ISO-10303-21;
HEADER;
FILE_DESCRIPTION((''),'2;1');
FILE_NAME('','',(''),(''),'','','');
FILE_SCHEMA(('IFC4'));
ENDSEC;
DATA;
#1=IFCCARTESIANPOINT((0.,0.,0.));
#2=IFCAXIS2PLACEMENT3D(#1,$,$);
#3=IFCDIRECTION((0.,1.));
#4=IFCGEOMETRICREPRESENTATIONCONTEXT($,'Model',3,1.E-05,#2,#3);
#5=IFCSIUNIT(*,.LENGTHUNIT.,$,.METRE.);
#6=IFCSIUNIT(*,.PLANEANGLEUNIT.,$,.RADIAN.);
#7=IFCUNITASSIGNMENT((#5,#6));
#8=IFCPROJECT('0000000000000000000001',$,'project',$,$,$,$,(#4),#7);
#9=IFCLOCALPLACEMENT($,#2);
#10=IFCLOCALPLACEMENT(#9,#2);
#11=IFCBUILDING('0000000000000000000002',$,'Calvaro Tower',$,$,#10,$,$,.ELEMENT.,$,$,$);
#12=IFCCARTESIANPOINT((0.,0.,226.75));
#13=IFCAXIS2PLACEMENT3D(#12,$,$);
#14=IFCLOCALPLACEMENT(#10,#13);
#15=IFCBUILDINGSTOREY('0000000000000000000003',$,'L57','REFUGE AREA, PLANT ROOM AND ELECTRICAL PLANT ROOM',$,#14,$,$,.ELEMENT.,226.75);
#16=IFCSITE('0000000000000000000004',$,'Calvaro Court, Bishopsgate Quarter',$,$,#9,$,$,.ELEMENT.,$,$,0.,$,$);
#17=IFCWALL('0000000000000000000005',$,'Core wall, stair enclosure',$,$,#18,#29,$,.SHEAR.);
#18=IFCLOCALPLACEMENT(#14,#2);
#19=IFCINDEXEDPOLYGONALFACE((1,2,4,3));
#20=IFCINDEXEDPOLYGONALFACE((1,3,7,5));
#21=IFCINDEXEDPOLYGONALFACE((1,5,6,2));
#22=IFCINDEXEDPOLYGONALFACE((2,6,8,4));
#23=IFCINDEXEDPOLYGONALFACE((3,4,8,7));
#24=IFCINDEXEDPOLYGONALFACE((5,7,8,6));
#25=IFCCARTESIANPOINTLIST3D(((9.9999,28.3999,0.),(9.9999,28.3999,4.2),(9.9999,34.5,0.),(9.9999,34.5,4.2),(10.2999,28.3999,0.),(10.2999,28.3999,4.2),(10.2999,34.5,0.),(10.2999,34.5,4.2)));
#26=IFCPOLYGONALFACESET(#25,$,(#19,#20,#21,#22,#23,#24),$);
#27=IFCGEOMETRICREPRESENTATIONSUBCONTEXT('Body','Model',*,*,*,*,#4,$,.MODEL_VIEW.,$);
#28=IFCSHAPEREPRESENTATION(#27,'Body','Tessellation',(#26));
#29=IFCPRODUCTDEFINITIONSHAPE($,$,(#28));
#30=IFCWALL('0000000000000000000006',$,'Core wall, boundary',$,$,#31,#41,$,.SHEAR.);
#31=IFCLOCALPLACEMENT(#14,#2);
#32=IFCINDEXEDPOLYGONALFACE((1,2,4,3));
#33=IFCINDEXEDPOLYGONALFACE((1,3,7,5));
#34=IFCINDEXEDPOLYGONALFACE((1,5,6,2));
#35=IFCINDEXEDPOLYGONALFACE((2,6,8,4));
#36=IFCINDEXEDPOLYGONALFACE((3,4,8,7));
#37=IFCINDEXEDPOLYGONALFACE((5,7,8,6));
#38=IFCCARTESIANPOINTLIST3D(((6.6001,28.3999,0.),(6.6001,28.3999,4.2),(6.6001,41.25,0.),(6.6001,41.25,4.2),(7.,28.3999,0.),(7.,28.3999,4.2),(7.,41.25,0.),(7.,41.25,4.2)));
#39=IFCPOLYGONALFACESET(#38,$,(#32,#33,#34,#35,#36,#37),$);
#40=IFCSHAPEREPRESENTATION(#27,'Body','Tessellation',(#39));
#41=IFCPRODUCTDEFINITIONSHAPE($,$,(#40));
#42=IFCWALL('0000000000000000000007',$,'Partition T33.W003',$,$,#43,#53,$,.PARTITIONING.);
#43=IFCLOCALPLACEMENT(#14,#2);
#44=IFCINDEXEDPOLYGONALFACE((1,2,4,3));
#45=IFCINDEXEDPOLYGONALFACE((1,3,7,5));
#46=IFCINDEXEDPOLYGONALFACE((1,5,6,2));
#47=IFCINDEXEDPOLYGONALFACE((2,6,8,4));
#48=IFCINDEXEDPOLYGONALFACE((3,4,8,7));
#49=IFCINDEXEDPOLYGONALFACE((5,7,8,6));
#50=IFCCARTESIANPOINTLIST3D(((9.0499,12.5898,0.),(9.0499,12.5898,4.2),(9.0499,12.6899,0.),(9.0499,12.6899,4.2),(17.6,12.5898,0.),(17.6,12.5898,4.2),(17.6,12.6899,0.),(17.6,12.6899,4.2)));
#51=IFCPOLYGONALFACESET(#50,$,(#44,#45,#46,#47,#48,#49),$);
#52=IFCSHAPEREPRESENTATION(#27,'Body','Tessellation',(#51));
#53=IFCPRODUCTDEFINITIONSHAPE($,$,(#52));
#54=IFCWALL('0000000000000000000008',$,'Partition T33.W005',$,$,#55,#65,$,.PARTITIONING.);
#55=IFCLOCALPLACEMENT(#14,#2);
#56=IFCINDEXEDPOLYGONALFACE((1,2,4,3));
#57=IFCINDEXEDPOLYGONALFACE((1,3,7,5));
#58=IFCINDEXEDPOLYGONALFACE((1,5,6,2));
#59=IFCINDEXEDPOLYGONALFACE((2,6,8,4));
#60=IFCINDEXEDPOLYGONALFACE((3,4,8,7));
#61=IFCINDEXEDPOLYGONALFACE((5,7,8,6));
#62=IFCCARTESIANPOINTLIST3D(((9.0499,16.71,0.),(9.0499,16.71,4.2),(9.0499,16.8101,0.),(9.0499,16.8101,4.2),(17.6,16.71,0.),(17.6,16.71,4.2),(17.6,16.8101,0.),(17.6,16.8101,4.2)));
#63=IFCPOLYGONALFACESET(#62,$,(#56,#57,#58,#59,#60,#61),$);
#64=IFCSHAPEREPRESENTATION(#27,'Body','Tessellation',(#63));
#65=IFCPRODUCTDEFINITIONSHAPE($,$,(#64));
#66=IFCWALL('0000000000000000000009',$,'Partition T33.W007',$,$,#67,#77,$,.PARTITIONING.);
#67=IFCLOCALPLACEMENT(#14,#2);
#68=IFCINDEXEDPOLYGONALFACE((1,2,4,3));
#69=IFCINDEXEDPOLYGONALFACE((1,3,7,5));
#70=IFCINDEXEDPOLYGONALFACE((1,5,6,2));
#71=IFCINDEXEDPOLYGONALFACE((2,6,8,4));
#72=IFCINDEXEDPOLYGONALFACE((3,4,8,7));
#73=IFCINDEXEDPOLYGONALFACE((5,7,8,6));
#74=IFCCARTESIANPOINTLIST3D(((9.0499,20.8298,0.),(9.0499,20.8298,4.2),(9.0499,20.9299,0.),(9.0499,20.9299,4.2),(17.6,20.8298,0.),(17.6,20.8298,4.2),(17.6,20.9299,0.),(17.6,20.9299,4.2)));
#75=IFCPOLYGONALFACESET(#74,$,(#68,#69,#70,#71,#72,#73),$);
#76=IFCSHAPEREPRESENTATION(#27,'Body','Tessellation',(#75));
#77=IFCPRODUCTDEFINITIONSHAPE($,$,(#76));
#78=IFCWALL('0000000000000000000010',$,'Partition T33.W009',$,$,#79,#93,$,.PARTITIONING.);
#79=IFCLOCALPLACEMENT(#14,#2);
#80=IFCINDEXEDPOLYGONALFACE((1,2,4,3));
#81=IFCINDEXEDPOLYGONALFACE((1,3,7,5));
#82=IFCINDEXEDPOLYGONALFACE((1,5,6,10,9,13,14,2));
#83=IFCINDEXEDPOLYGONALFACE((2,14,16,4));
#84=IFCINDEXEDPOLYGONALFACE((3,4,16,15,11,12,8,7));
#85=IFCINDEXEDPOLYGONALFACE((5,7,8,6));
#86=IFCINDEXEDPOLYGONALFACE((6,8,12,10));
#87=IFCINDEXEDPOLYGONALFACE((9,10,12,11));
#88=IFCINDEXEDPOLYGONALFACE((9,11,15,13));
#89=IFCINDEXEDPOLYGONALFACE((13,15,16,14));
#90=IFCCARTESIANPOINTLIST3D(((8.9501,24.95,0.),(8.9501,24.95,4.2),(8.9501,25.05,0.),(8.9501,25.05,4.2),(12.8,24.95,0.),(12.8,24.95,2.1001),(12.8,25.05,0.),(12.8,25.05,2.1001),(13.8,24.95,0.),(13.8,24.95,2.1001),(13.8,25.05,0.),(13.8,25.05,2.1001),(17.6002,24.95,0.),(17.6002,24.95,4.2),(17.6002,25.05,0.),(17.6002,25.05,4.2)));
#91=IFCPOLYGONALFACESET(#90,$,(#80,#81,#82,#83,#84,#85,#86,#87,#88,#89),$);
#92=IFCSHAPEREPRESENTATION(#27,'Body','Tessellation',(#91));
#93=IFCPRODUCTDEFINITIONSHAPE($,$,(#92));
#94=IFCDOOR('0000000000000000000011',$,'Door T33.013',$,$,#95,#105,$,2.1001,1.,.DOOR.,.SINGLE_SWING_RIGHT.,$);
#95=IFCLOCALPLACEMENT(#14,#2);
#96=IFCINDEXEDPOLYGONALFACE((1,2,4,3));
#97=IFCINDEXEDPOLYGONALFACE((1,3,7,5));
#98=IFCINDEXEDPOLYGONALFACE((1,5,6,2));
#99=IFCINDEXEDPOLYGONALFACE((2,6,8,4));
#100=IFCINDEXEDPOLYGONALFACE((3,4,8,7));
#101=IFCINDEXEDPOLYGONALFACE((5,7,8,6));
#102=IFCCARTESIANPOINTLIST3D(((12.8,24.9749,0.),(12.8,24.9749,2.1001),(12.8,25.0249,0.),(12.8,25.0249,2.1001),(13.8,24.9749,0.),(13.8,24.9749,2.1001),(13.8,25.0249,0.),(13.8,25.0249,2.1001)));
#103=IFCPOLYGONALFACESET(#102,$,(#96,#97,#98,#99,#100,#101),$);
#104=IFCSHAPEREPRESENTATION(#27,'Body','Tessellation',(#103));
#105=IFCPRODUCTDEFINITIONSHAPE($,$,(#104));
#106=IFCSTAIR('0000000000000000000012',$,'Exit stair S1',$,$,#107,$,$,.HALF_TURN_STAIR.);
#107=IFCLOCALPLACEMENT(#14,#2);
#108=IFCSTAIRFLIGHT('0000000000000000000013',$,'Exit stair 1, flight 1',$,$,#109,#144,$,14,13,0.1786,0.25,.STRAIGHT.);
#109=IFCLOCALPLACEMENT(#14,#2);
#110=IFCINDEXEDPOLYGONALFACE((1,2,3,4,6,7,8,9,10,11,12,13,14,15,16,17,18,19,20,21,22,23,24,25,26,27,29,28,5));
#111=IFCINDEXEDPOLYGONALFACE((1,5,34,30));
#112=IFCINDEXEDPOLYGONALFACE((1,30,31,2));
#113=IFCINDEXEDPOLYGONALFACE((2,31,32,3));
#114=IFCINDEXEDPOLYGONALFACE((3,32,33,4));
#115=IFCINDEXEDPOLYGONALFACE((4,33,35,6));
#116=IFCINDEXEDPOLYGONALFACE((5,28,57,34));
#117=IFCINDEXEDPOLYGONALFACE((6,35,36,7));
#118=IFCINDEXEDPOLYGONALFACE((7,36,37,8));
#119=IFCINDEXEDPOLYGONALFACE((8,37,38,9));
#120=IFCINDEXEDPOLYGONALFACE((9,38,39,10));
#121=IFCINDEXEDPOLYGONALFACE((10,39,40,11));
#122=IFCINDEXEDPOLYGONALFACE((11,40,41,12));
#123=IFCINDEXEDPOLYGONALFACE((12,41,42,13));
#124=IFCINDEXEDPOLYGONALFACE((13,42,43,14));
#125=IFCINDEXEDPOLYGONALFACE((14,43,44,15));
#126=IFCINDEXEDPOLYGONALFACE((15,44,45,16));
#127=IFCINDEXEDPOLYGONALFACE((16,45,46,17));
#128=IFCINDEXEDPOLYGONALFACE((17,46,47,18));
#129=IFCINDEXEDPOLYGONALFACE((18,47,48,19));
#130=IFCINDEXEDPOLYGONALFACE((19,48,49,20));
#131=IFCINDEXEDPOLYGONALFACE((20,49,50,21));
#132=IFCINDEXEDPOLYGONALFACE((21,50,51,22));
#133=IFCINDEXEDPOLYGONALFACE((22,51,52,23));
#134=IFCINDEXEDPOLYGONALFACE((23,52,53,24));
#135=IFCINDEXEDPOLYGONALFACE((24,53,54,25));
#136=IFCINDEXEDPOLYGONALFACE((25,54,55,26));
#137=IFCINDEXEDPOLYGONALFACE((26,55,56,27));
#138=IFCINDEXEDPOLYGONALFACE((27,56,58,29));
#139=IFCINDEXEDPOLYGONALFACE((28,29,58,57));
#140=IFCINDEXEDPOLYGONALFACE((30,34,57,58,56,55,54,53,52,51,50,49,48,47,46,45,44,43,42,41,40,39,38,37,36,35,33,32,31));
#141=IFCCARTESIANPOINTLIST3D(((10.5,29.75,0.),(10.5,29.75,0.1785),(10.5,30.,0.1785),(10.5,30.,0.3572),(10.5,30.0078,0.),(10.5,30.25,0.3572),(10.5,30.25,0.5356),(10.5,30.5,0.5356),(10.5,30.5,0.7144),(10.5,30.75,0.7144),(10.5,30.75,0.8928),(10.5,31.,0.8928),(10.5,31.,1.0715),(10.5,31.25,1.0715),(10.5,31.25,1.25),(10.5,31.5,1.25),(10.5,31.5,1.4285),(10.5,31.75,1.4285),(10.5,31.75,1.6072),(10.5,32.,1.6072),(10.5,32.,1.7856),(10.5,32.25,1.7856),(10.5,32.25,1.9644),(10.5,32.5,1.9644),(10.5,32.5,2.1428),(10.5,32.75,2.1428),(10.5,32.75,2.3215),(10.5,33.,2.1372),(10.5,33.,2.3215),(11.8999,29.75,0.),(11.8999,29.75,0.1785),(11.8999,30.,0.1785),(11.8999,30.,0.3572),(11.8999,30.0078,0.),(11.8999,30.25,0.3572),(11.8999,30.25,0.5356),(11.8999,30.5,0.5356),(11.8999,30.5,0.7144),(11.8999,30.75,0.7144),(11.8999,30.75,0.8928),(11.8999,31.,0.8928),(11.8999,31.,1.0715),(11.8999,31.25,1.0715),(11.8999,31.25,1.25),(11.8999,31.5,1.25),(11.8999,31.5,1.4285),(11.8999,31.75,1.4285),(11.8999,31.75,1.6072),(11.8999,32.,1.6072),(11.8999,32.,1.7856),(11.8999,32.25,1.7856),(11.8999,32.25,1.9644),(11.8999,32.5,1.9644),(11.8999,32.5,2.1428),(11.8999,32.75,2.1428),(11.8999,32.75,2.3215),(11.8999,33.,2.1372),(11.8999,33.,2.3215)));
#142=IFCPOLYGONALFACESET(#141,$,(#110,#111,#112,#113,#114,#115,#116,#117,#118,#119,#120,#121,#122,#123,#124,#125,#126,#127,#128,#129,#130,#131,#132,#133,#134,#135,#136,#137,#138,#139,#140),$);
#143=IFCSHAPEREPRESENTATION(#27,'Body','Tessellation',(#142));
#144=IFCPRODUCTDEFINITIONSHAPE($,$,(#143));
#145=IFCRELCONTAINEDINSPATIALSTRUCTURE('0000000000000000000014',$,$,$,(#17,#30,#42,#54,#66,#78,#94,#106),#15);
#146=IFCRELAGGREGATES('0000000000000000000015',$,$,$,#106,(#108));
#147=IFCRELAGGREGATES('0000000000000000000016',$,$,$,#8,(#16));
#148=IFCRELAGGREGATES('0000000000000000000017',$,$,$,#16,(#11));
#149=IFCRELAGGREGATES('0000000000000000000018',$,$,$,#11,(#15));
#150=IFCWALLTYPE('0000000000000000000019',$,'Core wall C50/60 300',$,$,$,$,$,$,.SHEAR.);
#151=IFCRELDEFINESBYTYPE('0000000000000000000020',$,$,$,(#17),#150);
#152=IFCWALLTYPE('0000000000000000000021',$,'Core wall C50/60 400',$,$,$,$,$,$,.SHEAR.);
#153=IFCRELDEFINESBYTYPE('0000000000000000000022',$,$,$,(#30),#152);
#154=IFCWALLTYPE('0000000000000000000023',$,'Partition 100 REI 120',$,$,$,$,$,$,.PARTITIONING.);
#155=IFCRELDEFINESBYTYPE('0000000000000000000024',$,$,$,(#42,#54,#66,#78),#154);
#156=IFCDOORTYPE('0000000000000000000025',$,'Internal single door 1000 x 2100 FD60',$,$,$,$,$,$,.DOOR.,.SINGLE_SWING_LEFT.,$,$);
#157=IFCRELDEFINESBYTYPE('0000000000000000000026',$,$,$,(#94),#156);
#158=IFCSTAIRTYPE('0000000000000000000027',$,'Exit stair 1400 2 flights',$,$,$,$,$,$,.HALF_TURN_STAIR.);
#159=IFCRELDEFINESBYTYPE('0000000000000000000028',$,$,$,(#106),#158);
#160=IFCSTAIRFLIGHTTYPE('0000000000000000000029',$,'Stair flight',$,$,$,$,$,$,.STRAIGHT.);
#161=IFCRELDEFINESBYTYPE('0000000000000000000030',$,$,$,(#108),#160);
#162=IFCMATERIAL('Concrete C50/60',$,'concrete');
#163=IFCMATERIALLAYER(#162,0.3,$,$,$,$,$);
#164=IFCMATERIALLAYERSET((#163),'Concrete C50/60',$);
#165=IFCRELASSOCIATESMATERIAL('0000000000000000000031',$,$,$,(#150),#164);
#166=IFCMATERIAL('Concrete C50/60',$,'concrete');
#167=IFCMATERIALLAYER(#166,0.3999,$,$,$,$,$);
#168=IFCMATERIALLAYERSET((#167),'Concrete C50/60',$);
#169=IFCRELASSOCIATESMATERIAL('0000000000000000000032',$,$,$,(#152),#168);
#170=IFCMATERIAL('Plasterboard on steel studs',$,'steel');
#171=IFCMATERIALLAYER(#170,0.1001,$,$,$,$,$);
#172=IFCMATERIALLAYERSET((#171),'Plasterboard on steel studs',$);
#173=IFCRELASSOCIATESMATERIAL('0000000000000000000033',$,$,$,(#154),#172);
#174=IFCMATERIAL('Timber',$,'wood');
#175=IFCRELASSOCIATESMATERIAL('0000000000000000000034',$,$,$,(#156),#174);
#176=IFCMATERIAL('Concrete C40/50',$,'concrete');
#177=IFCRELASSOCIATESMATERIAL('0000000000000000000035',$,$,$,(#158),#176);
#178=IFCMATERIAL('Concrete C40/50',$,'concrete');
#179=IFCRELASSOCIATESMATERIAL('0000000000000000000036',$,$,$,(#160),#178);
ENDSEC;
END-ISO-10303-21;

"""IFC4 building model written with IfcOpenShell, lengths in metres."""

from ifc_helpers import new_model, si_unit, direction, frame, frame_2d, origin, place, context, subcontext, project, spatial, polyline, rectangle, outline, extrude, material, layer, layer_set, type_object, element, fill, aggregate, save


model = new_model("IFC4")

# Units and contexts
model_context = context("Model", 3, precision=1e-05, world=origin(), true_north=direction((0.0, 1.0)))
body_context = subcontext(model_context, "Body", "Model", "MODEL_VIEW")
ifc_project = project(units=[si_unit("LENGTHUNIT", "METRE"), si_unit("PLANEANGLEUNIT", "RADIAN")], contexts=[model_context])

# Site, building, storey
site_placement = place(None, origin())
site = spatial("IfcSite", under=ifc_project, at=site_placement, Name="Calvaro Court, Bishopsgate Quarter", CompositionType="ELEMENT", RefElevation=0.0)
building_placement = place(site_placement, origin())
building = spatial("IfcBuilding", under=site, at=building_placement, Name="Calvaro Tower", CompositionType="ELEMENT")
storey_placement = place(building_placement, frame((0.0, 0.0, 226.75)))
storey = spatial("IfcBuildingStorey", under=building, at=storey_placement, Name="L57", Description="REFUGE AREA, PLANT ROOM AND ELECTRICAL PLANT ROOM", CompositionType="ELEMENT", Elevation=226.75)

# Wall
ifc_material_1 = material(Name="Concrete C50/60", Category="concrete")
ifc_layer_1 = layer(ifc_material_1, 0.3)
ifc_layer_set_1 = layer_set([ifc_layer_1], Name="Concrete C50/60")
wall_type_1 = type_object("IfcWallType", Name="Core wall C50/60 300", PredefinedType="SHEAR", material=ifc_layer_set_1)
wall_1_placement = place(storey_placement, frame((10.1499, 28.3999, 0.0), z_axis=(0.0, 0.0, 1.0), x_axis=(0.0, 1.0, 0.0)))
element("IfcWall", 1, at=wall_1_placement, inside=storey, type_object=wall_type_1, Name="Core wall, stair enclosure", PredefinedType="SHEAR", context=body_context, shape_type="SweptSolid", body=[
    extrude(rectangle(XDim=6.1001, YDim=0.3, at=frame_2d((3.05, 0.0))), origin(), (0.0, 0.0, 1.0), 4.2),
])

# Shared definitions
ifc_material_2 = material(Name="Concrete C50/60", Category="concrete")
ifc_layer_2 = layer(ifc_material_2, 0.3999)
ifc_layer_set_2 = layer_set([ifc_layer_2], Name="Concrete C50/60")
wall_type_2 = type_object("IfcWallType", Name="Core wall C50/60 400", PredefinedType="SHEAR", material=ifc_layer_set_2)

# Walls
wall_2_placement = place(storey_placement, frame((6.8, 28.3999, 0.0), z_axis=(0.0, 0.0, 1.0), x_axis=(0.0, 1.0, 0.0)))
element("IfcWall", 2, at=wall_2_placement, inside=storey, type_object=wall_type_2, Name="Core wall, boundary", PredefinedType="SHEAR", context=body_context, shape_type="SweptSolid", body=[
    extrude(rectangle(XDim=12.8501, YDim=0.3999, at=frame_2d((6.425, 0.0))), origin(), (0.0, 0.0, 1.0), 4.2),
])
ifc_material_3 = material(Name="Plasterboard on steel studs", Category="steel")
ifc_layer_3 = layer(ifc_material_3, 0.1001)
ifc_layer_set_3 = layer_set([ifc_layer_3], Name="Plasterboard on steel studs")
wall_type_3 = type_object("IfcWallType", Name="Partition 100 REI 120", PredefinedType="PARTITIONING", material=ifc_layer_set_3)
for number, where, z_axis, x_axis, name in (
    (3, (9.05, 12.6399, 0.0), (0.0, 0.0, 1.0), (1.0, 0.0, 0.0), "Partition T33.W003"),
    (4, (9.05, 16.76, 0.0), (0.0, 0.0, 1.0), (1.0, 0.0, 0.0), "Partition T33.W005"),
    (5, (9.05, 20.8799, 0.0), (0.0, 0.0, 1.0), (1.0, 0.0, 0.0), "Partition T33.W007"),
):
    element("IfcWall", number, at=place(storey_placement, frame(where, z_axis=z_axis, x_axis=x_axis)), inside=storey, type_object=wall_type_3, Name=name, PredefinedType="PARTITIONING", context=body_context, shape_type="SweptSolid", body=[
        extrude(rectangle(XDim=8.55, YDim=0.1001, at=frame_2d((4.2749, 0.0))), origin(), (0.0, 0.0, 1.0), 4.2),
    ])

# Wall, opening, door
wall_3_placement = place(storey_placement, frame((8.95, 25.0, 0.0), z_axis=(0.0, 0.0, 1.0), x_axis=(1.0, 0.0, 0.0)))
wall_3 = element("IfcWall", 6, at=wall_3_placement, inside=storey, type_object=wall_type_3, Name="Partition T33.W009", PredefinedType="PARTITIONING", context=body_context, shape_type="SweptSolid", body=[
    extrude(rectangle(XDim=8.6501, YDim=0.1001, at=frame_2d((4.3252, 0.0))), origin(), (0.0, 0.0, 1.0), 4.2),
])
opening_1_placement = place(wall_3_placement, frame((3.8501, 0.0, 0.0)))
opening_1 = element("IfcOpeningElement", 7, at=opening_1_placement, cuts=wall_3, PredefinedType="OPENING", context=body_context, shape_type="SweptSolid", body=[
    extrude(rectangle(XDim=1.0, YDim=2.1001, at=frame_2d((0.5, 1.05))), frame((0.0, 0.0601, 0.0), z_axis=(0.0, -1.0, 0.0), x_axis=(1.0, 0.0, 0.0)), (0.0, 0.0, 1.0), 0.1201),
])
ifc_material_4 = material(Name="Timber", Category="wood")
door_type_1 = type_object("IfcDoorType", Name="Internal single door 1000 x 2100 FD60", OperationType="SINGLE_SWING_LEFT", PredefinedType="DOOR", material=ifc_material_4)
door_1_placement = place(opening_1_placement, origin())
door_1 = element("IfcDoor", 8, at=door_1_placement, inside=storey, type_object=door_type_1, Name="Door T33.013", OperationType="SINGLE_SWING_RIGHT", OverallHeight=2.1001, OverallWidth=1.0, PredefinedType="DOOR", context=body_context, shape_type="SweptSolid", body=[
    extrude(rectangle(XDim=1.0, YDim=2.1001, at=frame_2d((0.5, 1.05))), frame((0.0, 0.0249, 0.0), z_axis=(0.0, -1.0, 0.0), x_axis=(1.0, 0.0, 0.0)), (0.0, 0.0, 1.0), 0.05),
])
fill(opening_1, door_1)

# Stair, stair flight
ifc_material_5 = material(Name="Concrete C40/50", Category="concrete")
stair_type = type_object("IfcStairType", Name="Exit stair 1400 2 flights", PredefinedType="HALF_TURN_STAIR", material=ifc_material_5)
stair_placement = place(storey_placement, origin())
stair = element("IfcStair", 9, at=stair_placement, inside=storey, type_object=stair_type, Name="Exit stair S1", PredefinedType="HALF_TURN_STAIR")
ifc_material_6 = material(Name="Concrete C40/50", Category="concrete")
stair_flight_type = type_object("IfcStairFlightType", Name="Stair flight", PredefinedType="STRAIGHT", material=ifc_material_6)
stair_flight_placement = place(storey_placement, frame((11.2, 29.75, 0.0), z_axis=(0.0, 0.0, 1.0), x_axis=(0.0, 1.0, 0.0)))
stair_flight = element("IfcStairFlight", 10, at=stair_flight_placement, type_object=stair_flight_type, Name="Exit stair 1, flight 1", NumberOfRisers=14, NumberOfTreads=13, PredefinedType="STRAIGHT", RiserHeight=0.1786, TreadLength=0.25, context=body_context, shape_type="SweptSolid", body=[
    extrude(outline(polyline([(0.0, 0.0), (0.0, 0.1785), (0.25, 0.1785), (0.25, 0.3572), (0.5, 0.3572), (0.5, 0.5356), (0.75, 0.5356), (0.75, 0.7144), (1.0, 0.7144), (1.0, 0.8928), (1.25, 0.8928), (1.25, 1.0715), (1.5, 1.0715), (1.5, 1.25), (1.75, 1.25), (1.75, 1.4285), (2.0, 1.4285), (2.0, 1.6072), (2.25, 1.6072), (2.25, 1.7856), (2.5, 1.7856), (2.5, 1.9644), (2.75, 1.9644), (2.75, 2.1428), (3.0, 2.1428), (3.0, 2.3215), (3.25, 2.3215), (3.25, 2.5), (3.25, 2.1372), (0.2578, 0.0), (0.0, 0.0)])), frame((0.0, 0.7, 0.0), z_axis=(0.0, -1.0, 0.0), x_axis=(1.0, 0.0, 0.0)), (0.0, 0.0, 1.0), 1.3999),
])
aggregate(stair, [stair_flight])

save(model, "model.ifc")
